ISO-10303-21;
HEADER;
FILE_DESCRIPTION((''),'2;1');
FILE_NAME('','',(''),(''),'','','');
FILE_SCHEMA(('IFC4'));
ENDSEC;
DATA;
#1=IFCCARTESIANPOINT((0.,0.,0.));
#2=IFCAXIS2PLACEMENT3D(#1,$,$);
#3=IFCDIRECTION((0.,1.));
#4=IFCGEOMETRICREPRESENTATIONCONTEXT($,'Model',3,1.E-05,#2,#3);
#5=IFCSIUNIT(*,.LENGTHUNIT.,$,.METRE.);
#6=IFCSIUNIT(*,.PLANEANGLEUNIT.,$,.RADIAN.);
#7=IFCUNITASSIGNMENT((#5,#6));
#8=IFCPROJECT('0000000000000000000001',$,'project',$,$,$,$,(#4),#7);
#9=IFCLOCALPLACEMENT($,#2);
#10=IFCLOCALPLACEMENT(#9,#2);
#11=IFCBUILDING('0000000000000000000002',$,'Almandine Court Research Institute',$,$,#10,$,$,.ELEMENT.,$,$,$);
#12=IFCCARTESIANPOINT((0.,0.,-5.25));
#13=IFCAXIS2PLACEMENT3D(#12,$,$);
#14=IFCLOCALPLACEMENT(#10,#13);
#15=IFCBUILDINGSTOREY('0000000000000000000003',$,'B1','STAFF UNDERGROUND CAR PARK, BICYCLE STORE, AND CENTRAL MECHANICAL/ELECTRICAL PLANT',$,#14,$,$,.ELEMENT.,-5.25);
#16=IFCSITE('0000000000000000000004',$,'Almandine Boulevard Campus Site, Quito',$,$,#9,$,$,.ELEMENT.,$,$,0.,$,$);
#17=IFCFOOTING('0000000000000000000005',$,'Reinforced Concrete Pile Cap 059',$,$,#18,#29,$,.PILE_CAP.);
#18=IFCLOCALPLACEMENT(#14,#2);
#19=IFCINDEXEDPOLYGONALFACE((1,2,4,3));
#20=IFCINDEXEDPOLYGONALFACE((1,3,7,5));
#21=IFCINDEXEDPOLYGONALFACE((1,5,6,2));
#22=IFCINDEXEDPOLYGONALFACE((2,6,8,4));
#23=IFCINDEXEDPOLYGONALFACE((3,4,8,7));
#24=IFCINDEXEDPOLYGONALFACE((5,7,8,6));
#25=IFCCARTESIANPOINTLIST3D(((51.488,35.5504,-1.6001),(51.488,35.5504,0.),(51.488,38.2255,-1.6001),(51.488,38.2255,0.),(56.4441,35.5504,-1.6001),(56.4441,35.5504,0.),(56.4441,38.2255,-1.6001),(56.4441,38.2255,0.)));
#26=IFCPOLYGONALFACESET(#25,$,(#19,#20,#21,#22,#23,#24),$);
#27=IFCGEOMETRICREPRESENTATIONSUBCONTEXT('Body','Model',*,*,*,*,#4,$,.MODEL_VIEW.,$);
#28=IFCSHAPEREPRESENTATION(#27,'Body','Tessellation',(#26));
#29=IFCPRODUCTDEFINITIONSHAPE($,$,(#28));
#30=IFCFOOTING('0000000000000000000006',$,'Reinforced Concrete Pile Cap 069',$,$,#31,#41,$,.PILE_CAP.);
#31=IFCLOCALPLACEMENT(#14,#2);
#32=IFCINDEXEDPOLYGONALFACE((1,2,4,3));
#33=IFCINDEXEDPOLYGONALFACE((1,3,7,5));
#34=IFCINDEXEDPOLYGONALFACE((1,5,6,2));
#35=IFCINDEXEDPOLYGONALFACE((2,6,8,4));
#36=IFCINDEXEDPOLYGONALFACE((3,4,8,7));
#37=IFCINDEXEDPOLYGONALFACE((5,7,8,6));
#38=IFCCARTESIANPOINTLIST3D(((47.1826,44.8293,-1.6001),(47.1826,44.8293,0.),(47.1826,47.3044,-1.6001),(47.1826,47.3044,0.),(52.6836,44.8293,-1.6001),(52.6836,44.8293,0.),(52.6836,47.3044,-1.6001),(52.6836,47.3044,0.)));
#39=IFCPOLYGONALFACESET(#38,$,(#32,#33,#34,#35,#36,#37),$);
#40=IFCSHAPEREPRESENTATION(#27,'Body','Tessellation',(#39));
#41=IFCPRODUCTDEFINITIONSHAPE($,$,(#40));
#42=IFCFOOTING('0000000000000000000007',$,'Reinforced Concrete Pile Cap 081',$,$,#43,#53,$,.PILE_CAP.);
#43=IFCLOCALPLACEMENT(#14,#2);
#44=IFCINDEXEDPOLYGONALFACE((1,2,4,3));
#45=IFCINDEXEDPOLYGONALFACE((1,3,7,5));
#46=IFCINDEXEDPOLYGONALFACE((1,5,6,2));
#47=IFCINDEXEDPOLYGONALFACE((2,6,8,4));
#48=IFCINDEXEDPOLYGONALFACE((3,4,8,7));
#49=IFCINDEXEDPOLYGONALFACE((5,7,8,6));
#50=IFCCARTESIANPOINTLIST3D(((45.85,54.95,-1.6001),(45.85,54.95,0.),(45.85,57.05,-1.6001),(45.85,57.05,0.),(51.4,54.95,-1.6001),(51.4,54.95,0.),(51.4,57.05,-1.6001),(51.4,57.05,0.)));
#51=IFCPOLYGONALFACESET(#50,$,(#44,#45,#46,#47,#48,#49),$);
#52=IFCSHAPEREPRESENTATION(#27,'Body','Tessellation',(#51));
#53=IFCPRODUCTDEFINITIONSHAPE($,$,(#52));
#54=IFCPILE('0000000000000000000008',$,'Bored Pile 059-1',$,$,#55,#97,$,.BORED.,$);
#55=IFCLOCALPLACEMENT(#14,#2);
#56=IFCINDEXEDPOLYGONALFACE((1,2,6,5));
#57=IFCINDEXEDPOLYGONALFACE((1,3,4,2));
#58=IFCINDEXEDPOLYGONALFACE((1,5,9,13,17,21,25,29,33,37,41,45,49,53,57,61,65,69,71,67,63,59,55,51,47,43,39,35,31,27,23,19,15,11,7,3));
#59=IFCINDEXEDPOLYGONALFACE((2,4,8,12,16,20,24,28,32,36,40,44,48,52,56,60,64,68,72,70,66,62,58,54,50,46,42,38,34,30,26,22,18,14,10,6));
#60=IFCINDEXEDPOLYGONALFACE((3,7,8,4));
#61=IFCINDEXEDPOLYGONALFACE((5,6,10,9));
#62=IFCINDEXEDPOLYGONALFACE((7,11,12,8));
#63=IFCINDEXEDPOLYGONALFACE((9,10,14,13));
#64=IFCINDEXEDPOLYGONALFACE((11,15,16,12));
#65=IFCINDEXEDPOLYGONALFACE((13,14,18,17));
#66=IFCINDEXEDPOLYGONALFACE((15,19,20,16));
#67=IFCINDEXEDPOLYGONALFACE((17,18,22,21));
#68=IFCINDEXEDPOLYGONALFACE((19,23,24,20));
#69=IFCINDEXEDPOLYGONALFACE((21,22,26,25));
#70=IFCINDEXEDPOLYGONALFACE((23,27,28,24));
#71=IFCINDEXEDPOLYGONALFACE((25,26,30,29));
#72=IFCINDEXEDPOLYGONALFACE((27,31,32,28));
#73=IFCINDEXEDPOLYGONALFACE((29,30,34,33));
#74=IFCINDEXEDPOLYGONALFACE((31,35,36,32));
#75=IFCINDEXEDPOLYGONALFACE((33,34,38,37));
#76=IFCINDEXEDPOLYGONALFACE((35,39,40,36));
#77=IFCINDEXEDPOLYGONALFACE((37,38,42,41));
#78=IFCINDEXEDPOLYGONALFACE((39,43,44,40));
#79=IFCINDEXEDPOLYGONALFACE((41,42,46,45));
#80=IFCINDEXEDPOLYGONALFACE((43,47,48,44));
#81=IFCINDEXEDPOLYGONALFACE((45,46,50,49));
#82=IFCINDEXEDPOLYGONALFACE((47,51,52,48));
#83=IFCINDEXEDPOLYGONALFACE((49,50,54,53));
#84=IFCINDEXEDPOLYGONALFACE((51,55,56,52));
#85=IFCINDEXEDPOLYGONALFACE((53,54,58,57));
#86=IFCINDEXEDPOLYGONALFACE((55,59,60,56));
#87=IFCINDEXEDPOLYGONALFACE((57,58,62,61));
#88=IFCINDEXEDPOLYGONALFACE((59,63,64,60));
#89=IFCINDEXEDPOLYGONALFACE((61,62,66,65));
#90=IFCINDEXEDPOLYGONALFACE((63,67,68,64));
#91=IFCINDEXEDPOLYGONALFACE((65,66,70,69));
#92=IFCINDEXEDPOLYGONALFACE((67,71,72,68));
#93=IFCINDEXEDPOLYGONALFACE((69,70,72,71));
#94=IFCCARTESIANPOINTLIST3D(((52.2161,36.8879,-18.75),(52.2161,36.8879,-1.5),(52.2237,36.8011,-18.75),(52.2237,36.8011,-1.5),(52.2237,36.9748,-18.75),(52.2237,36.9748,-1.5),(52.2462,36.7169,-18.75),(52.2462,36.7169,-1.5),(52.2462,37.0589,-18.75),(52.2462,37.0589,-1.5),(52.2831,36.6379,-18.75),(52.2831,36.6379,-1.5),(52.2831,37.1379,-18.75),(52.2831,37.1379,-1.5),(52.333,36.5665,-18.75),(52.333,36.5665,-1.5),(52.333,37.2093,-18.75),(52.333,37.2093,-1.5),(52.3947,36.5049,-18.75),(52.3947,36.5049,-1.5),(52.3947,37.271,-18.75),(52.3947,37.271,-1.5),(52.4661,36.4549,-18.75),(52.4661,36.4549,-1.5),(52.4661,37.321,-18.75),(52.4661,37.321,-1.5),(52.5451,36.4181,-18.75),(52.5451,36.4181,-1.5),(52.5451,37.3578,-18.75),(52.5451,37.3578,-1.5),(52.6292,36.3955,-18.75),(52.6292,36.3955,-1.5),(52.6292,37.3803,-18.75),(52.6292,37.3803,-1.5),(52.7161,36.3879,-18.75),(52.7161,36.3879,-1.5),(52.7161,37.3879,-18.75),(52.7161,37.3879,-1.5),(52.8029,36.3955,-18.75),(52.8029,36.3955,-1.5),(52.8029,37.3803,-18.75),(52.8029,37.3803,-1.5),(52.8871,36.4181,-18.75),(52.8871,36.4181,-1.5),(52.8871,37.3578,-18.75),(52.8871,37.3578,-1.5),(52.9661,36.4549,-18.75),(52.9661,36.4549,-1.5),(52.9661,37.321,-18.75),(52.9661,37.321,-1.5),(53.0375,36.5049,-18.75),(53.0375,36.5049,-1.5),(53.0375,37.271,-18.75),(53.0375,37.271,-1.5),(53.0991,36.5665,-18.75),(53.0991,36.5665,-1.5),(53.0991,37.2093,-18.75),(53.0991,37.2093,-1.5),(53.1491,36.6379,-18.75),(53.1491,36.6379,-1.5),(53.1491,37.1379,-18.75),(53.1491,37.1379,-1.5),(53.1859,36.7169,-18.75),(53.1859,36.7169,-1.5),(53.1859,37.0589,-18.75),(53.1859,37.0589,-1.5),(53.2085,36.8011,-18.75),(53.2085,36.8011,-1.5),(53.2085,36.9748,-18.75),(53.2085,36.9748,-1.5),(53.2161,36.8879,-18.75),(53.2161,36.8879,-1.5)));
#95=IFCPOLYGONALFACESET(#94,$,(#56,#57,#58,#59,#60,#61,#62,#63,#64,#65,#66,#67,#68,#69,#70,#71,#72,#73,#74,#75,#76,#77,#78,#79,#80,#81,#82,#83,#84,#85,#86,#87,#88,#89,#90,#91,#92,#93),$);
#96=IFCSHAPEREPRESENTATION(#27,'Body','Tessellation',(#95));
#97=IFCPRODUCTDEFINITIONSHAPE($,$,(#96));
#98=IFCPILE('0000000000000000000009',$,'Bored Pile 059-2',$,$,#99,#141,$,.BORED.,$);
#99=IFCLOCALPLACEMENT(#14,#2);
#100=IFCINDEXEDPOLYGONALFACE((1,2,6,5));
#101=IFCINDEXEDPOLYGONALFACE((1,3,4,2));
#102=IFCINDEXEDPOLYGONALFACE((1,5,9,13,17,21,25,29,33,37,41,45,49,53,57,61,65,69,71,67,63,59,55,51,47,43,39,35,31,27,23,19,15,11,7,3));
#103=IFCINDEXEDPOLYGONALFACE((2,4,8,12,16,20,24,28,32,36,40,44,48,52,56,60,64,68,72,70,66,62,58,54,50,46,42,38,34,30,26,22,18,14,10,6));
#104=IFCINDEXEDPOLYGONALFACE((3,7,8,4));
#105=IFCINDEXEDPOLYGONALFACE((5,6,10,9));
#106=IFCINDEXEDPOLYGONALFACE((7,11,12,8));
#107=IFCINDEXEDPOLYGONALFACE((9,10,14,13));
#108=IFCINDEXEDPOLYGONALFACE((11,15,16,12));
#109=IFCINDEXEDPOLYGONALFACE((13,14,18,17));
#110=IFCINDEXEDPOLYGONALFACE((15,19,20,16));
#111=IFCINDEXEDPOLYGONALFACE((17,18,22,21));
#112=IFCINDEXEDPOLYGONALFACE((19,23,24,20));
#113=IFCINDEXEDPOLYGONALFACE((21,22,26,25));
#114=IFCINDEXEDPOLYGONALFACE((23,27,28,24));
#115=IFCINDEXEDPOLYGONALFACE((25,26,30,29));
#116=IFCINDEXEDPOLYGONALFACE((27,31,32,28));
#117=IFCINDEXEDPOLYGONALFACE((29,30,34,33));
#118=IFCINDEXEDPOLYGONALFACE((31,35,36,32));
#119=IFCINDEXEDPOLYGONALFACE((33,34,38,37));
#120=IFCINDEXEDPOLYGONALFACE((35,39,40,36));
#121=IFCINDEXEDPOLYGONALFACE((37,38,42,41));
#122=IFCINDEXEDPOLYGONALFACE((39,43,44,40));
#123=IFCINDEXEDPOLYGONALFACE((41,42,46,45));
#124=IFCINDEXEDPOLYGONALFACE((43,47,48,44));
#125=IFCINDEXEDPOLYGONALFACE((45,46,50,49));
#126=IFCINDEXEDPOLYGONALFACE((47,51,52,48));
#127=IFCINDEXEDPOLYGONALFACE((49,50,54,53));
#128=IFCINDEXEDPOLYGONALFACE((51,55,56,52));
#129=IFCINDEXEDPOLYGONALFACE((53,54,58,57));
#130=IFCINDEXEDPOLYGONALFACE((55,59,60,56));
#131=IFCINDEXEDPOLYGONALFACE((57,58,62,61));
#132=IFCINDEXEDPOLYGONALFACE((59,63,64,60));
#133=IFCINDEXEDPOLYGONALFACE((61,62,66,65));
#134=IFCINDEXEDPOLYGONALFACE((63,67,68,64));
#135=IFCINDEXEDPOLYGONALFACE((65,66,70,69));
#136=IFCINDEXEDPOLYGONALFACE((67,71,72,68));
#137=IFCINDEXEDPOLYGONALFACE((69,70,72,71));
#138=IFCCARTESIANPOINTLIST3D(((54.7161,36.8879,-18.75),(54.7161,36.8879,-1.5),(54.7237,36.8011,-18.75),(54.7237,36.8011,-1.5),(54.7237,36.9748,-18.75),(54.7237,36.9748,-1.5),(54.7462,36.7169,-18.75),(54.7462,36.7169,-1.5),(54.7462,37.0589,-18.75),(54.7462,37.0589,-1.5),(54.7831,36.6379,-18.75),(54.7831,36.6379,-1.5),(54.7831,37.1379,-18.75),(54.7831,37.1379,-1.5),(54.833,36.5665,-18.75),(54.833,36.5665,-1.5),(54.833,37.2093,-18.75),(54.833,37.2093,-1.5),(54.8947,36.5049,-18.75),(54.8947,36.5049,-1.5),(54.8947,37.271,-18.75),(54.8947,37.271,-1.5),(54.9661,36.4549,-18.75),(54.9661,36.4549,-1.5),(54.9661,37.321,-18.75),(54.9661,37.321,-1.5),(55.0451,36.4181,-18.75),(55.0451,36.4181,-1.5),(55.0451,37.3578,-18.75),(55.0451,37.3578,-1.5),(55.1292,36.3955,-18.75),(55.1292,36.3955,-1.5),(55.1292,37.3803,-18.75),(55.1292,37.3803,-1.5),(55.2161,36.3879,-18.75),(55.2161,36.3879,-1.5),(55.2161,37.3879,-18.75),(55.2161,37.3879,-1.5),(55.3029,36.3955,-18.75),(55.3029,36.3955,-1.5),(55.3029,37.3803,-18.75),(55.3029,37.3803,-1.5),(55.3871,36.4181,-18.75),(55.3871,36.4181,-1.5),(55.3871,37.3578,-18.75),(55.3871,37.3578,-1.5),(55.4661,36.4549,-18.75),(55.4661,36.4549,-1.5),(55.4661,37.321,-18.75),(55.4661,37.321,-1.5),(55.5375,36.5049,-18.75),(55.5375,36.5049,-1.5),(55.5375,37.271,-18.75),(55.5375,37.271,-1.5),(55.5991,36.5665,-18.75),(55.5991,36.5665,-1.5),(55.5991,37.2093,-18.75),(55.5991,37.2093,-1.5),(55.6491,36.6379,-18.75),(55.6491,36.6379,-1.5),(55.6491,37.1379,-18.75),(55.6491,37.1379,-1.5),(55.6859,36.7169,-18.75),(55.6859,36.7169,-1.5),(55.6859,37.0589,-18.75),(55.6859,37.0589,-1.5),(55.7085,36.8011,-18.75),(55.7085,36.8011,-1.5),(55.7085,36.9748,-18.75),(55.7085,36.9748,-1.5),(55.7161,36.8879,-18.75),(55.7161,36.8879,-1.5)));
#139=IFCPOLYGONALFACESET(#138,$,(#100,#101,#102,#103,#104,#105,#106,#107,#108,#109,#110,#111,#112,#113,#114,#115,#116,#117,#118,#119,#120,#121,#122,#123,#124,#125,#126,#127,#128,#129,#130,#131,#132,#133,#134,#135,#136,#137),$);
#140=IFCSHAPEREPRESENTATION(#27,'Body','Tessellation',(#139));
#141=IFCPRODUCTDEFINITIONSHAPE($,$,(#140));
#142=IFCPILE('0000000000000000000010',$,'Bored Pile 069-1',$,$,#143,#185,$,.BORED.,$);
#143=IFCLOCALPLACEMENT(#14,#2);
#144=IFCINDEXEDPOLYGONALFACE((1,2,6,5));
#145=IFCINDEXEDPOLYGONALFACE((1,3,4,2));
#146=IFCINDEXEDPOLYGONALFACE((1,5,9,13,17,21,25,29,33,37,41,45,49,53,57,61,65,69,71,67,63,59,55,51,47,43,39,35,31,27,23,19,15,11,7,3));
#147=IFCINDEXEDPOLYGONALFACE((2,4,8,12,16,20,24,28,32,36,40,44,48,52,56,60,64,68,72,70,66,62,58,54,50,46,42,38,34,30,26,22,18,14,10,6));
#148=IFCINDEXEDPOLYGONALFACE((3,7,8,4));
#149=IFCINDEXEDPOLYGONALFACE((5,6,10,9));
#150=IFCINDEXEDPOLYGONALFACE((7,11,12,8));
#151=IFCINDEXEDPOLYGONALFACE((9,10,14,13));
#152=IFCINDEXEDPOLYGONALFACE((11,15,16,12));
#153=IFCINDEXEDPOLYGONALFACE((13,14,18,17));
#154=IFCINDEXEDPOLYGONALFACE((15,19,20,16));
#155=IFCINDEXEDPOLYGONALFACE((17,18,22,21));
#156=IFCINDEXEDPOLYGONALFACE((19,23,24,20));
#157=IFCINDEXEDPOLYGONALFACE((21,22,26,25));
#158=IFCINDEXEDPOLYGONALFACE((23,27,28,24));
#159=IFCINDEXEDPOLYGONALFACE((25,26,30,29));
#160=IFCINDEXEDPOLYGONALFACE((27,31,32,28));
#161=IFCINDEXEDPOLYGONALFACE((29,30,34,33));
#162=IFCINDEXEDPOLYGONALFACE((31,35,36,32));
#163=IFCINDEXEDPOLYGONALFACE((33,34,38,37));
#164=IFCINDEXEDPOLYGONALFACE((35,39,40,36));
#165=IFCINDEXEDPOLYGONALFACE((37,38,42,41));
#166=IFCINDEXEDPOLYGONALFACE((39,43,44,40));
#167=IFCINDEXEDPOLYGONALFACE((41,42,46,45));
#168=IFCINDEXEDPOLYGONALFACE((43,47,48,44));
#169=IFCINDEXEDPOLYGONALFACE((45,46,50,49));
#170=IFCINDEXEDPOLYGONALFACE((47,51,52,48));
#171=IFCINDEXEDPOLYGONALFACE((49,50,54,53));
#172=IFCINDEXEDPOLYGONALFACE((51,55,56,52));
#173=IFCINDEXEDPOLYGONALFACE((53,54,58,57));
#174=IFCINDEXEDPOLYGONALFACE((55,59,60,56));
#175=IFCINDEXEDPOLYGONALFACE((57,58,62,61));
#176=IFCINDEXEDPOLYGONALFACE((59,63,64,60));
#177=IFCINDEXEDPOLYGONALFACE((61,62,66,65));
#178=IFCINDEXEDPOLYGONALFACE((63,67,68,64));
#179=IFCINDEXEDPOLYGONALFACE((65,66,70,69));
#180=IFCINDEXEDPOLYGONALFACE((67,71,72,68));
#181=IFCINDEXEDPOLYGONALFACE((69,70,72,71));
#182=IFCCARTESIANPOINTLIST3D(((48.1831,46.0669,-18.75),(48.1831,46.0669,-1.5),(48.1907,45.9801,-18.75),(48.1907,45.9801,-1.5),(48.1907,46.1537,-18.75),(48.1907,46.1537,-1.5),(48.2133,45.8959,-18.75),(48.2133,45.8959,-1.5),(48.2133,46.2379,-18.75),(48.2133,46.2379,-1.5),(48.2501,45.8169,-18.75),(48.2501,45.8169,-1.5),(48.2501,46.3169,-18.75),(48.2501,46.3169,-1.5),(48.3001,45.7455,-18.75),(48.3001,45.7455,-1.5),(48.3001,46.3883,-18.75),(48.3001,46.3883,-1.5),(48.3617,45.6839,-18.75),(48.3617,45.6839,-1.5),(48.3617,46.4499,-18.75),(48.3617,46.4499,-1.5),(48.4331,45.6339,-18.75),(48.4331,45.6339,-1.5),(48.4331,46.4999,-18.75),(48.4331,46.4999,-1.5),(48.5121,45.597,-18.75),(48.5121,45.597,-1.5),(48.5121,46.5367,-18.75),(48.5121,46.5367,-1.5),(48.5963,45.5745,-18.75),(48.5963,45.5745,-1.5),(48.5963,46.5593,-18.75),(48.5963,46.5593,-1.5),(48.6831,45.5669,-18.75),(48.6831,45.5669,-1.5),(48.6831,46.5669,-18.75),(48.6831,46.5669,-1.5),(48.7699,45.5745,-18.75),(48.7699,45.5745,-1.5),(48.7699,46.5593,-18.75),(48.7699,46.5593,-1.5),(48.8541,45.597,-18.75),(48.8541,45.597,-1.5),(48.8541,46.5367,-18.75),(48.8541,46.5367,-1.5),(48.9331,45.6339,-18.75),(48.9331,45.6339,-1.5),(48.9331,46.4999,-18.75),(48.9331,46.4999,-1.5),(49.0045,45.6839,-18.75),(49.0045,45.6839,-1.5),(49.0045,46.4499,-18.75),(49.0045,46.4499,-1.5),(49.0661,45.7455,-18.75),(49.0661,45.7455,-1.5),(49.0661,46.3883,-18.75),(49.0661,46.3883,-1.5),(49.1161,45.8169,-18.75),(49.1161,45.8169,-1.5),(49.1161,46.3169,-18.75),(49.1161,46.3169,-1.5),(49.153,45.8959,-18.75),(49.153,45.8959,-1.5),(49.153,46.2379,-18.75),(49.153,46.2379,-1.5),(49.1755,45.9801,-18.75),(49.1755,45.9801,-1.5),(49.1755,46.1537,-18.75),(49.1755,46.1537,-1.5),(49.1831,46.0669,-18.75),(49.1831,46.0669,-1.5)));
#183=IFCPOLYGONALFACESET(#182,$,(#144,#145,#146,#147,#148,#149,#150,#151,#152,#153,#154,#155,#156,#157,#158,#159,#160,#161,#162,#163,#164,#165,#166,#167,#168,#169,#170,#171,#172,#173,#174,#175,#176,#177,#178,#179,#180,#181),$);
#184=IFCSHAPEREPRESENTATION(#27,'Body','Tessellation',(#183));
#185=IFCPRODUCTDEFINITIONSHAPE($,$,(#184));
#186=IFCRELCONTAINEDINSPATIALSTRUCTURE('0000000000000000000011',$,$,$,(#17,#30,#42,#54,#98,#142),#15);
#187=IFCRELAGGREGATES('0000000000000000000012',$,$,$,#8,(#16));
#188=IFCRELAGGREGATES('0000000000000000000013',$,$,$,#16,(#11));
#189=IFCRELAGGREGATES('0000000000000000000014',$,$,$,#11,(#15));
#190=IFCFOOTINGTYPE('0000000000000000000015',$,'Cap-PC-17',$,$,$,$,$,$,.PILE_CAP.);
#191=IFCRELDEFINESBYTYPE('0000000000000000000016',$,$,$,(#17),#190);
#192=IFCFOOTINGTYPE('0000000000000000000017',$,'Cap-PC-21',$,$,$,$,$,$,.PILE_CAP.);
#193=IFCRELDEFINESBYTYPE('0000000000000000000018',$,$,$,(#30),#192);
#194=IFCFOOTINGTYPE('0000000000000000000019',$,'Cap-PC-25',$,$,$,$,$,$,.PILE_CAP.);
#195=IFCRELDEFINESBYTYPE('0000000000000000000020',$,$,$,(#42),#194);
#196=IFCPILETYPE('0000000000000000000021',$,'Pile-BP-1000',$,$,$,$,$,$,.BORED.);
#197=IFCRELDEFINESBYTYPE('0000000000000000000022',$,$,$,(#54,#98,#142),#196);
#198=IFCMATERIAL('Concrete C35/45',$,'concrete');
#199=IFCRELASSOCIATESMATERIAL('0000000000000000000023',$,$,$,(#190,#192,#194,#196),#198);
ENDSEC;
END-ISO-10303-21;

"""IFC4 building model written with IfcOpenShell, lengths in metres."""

from ifc_helpers import new_model, si_unit, direction, frame, origin, origin_2d, place, context, subcontext, project, spatial, rectangle, circle, extrude, material, material_profile, profile_set, type_object, element, save


model = new_model("IFC4")

# Units and contexts
model_context = context("Model", 3, precision=1e-05, world=origin(), true_north=direction((0.0, 1.0)))
body_context = subcontext(model_context, "Body", "Model", "MODEL_VIEW")
ifc_project = project(units=[si_unit("LENGTHUNIT", "METRE"), si_unit("PLANEANGLEUNIT", "RADIAN")], contexts=[model_context])

# Site, building, storey
site_placement = place(None, origin())
site = spatial("IfcSite", under=ifc_project, at=site_placement, Name="Almandine Boulevard Campus Site, Quito", CompositionType="ELEMENT", RefElevation=0.0)
building_placement = place(site_placement, origin())
building = spatial("IfcBuilding", under=site, at=building_placement, Name="Almandine Court Research Institute", CompositionType="ELEMENT")
storey_placement = place(building_placement, frame((0.0, 0.0, -5.25)))
storey = spatial("IfcBuildingStorey", under=building, at=storey_placement, Name="B1", Description="STAFF UNDERGROUND CAR PARK, BICYCLE STORE, AND CENTRAL MECHANICAL/ELECTRICAL PLANT", CompositionType="ELEMENT", Elevation=-5.25)

# Footings
ifc_material_1 = material(Name="Concrete C35/45", Category="concrete")
footing_type_1 = type_object("IfcFootingType", Name="Cap-PC-17", PredefinedType="PILE_CAP", material=ifc_material_1)
footing_1_placement = place(storey_placement, frame((53.9661, 36.8879, -1.6001), z_axis=(0.0, 0.0, 1.0), x_axis=(1.0, 0.0, 0.0)))
element("IfcFooting", 1, at=footing_1_placement, inside=storey, type_object=footing_type_1, Name="Reinforced Concrete Pile Cap 059", PredefinedType="PILE_CAP", context=body_context, shape_type="SweptSolid", body=[
    extrude(rectangle(XDim=4.9561, YDim=2.675, at=origin_2d()), origin(), (0.0, 0.0, 1.0), 1.6001),
])
footing_type_2 = type_object("IfcFootingType", Name="Cap-PC-21", PredefinedType="PILE_CAP", material=ifc_material_1)
footing_2_placement = place(storey_placement, frame((49.9331, 46.0669, -1.6001), z_axis=(0.0, 0.0, 1.0), x_axis=(1.0, 0.0, 0.0)))
element("IfcFooting", 2, at=footing_2_placement, inside=storey, type_object=footing_type_2, Name="Reinforced Concrete Pile Cap 069", PredefinedType="PILE_CAP", context=body_context, shape_type="SweptSolid", body=[
    extrude(rectangle(XDim=5.501, YDim=2.4751, at=origin_2d()), origin(), (0.0, 0.0, 1.0), 1.6001),
])
footing_type_3 = type_object("IfcFootingType", Name="Cap-PC-25", PredefinedType="PILE_CAP", material=ifc_material_1)
footing_3_placement = place(storey_placement, frame((48.625, 56.0, -1.6001), z_axis=(0.0, 0.0, 1.0), x_axis=(1.0, 0.0, 0.0)))
element("IfcFooting", 3, at=footing_3_placement, inside=storey, type_object=footing_type_3, Name="Reinforced Concrete Pile Cap 081", PredefinedType="PILE_CAP", context=body_context, shape_type="SweptSolid", body=[
    extrude(rectangle(XDim=5.55, YDim=2.1001, at=origin_2d()), origin(), (0.0, 0.0, 1.0), 1.6001),
])

# Piles
ifc_material_profile_1 = material_profile(ifc_material_1, circle(Radius=0.5, at=origin_2d()), Name="BORED PILE D1000")
ifc_profile_set_1 = profile_set([ifc_material_profile_1], Name="Concrete C35/45")
pile_type = type_object("IfcPileType", Name="Pile-BP-1000", PredefinedType="BORED", material=ifc_profile_set_1)
for number, where, z_axis, x_axis, name in (
    (4, (52.7161, 36.8879, -1.5), (0.0, 0.0, -1.0), (1.0, 0.0, 0.0), "Bored Pile 059-1"),
    (5, (55.2161, 36.8879, -1.5), (0.0, 0.0, -1.0), (1.0, 0.0, 0.0), "Bored Pile 059-2"),
    (6, (48.6831, 46.0669, -1.5), (0.0, 0.0, -1.0), (1.0, 0.0, 0.0), "Bored Pile 069-1"),
):
    element("IfcPile", number, at=place(storey_placement, frame(where, z_axis=z_axis, x_axis=x_axis)), inside=storey, type_object=pile_type, Name=name, PredefinedType="BORED", context=body_context, shape_type="SweptSolid", body=[
        extrude(circle(Radius=0.5, at=origin_2d()), origin(), (0.0, 0.0, 1.0), 17.25),
    ])

save(model, "model.ifc")
